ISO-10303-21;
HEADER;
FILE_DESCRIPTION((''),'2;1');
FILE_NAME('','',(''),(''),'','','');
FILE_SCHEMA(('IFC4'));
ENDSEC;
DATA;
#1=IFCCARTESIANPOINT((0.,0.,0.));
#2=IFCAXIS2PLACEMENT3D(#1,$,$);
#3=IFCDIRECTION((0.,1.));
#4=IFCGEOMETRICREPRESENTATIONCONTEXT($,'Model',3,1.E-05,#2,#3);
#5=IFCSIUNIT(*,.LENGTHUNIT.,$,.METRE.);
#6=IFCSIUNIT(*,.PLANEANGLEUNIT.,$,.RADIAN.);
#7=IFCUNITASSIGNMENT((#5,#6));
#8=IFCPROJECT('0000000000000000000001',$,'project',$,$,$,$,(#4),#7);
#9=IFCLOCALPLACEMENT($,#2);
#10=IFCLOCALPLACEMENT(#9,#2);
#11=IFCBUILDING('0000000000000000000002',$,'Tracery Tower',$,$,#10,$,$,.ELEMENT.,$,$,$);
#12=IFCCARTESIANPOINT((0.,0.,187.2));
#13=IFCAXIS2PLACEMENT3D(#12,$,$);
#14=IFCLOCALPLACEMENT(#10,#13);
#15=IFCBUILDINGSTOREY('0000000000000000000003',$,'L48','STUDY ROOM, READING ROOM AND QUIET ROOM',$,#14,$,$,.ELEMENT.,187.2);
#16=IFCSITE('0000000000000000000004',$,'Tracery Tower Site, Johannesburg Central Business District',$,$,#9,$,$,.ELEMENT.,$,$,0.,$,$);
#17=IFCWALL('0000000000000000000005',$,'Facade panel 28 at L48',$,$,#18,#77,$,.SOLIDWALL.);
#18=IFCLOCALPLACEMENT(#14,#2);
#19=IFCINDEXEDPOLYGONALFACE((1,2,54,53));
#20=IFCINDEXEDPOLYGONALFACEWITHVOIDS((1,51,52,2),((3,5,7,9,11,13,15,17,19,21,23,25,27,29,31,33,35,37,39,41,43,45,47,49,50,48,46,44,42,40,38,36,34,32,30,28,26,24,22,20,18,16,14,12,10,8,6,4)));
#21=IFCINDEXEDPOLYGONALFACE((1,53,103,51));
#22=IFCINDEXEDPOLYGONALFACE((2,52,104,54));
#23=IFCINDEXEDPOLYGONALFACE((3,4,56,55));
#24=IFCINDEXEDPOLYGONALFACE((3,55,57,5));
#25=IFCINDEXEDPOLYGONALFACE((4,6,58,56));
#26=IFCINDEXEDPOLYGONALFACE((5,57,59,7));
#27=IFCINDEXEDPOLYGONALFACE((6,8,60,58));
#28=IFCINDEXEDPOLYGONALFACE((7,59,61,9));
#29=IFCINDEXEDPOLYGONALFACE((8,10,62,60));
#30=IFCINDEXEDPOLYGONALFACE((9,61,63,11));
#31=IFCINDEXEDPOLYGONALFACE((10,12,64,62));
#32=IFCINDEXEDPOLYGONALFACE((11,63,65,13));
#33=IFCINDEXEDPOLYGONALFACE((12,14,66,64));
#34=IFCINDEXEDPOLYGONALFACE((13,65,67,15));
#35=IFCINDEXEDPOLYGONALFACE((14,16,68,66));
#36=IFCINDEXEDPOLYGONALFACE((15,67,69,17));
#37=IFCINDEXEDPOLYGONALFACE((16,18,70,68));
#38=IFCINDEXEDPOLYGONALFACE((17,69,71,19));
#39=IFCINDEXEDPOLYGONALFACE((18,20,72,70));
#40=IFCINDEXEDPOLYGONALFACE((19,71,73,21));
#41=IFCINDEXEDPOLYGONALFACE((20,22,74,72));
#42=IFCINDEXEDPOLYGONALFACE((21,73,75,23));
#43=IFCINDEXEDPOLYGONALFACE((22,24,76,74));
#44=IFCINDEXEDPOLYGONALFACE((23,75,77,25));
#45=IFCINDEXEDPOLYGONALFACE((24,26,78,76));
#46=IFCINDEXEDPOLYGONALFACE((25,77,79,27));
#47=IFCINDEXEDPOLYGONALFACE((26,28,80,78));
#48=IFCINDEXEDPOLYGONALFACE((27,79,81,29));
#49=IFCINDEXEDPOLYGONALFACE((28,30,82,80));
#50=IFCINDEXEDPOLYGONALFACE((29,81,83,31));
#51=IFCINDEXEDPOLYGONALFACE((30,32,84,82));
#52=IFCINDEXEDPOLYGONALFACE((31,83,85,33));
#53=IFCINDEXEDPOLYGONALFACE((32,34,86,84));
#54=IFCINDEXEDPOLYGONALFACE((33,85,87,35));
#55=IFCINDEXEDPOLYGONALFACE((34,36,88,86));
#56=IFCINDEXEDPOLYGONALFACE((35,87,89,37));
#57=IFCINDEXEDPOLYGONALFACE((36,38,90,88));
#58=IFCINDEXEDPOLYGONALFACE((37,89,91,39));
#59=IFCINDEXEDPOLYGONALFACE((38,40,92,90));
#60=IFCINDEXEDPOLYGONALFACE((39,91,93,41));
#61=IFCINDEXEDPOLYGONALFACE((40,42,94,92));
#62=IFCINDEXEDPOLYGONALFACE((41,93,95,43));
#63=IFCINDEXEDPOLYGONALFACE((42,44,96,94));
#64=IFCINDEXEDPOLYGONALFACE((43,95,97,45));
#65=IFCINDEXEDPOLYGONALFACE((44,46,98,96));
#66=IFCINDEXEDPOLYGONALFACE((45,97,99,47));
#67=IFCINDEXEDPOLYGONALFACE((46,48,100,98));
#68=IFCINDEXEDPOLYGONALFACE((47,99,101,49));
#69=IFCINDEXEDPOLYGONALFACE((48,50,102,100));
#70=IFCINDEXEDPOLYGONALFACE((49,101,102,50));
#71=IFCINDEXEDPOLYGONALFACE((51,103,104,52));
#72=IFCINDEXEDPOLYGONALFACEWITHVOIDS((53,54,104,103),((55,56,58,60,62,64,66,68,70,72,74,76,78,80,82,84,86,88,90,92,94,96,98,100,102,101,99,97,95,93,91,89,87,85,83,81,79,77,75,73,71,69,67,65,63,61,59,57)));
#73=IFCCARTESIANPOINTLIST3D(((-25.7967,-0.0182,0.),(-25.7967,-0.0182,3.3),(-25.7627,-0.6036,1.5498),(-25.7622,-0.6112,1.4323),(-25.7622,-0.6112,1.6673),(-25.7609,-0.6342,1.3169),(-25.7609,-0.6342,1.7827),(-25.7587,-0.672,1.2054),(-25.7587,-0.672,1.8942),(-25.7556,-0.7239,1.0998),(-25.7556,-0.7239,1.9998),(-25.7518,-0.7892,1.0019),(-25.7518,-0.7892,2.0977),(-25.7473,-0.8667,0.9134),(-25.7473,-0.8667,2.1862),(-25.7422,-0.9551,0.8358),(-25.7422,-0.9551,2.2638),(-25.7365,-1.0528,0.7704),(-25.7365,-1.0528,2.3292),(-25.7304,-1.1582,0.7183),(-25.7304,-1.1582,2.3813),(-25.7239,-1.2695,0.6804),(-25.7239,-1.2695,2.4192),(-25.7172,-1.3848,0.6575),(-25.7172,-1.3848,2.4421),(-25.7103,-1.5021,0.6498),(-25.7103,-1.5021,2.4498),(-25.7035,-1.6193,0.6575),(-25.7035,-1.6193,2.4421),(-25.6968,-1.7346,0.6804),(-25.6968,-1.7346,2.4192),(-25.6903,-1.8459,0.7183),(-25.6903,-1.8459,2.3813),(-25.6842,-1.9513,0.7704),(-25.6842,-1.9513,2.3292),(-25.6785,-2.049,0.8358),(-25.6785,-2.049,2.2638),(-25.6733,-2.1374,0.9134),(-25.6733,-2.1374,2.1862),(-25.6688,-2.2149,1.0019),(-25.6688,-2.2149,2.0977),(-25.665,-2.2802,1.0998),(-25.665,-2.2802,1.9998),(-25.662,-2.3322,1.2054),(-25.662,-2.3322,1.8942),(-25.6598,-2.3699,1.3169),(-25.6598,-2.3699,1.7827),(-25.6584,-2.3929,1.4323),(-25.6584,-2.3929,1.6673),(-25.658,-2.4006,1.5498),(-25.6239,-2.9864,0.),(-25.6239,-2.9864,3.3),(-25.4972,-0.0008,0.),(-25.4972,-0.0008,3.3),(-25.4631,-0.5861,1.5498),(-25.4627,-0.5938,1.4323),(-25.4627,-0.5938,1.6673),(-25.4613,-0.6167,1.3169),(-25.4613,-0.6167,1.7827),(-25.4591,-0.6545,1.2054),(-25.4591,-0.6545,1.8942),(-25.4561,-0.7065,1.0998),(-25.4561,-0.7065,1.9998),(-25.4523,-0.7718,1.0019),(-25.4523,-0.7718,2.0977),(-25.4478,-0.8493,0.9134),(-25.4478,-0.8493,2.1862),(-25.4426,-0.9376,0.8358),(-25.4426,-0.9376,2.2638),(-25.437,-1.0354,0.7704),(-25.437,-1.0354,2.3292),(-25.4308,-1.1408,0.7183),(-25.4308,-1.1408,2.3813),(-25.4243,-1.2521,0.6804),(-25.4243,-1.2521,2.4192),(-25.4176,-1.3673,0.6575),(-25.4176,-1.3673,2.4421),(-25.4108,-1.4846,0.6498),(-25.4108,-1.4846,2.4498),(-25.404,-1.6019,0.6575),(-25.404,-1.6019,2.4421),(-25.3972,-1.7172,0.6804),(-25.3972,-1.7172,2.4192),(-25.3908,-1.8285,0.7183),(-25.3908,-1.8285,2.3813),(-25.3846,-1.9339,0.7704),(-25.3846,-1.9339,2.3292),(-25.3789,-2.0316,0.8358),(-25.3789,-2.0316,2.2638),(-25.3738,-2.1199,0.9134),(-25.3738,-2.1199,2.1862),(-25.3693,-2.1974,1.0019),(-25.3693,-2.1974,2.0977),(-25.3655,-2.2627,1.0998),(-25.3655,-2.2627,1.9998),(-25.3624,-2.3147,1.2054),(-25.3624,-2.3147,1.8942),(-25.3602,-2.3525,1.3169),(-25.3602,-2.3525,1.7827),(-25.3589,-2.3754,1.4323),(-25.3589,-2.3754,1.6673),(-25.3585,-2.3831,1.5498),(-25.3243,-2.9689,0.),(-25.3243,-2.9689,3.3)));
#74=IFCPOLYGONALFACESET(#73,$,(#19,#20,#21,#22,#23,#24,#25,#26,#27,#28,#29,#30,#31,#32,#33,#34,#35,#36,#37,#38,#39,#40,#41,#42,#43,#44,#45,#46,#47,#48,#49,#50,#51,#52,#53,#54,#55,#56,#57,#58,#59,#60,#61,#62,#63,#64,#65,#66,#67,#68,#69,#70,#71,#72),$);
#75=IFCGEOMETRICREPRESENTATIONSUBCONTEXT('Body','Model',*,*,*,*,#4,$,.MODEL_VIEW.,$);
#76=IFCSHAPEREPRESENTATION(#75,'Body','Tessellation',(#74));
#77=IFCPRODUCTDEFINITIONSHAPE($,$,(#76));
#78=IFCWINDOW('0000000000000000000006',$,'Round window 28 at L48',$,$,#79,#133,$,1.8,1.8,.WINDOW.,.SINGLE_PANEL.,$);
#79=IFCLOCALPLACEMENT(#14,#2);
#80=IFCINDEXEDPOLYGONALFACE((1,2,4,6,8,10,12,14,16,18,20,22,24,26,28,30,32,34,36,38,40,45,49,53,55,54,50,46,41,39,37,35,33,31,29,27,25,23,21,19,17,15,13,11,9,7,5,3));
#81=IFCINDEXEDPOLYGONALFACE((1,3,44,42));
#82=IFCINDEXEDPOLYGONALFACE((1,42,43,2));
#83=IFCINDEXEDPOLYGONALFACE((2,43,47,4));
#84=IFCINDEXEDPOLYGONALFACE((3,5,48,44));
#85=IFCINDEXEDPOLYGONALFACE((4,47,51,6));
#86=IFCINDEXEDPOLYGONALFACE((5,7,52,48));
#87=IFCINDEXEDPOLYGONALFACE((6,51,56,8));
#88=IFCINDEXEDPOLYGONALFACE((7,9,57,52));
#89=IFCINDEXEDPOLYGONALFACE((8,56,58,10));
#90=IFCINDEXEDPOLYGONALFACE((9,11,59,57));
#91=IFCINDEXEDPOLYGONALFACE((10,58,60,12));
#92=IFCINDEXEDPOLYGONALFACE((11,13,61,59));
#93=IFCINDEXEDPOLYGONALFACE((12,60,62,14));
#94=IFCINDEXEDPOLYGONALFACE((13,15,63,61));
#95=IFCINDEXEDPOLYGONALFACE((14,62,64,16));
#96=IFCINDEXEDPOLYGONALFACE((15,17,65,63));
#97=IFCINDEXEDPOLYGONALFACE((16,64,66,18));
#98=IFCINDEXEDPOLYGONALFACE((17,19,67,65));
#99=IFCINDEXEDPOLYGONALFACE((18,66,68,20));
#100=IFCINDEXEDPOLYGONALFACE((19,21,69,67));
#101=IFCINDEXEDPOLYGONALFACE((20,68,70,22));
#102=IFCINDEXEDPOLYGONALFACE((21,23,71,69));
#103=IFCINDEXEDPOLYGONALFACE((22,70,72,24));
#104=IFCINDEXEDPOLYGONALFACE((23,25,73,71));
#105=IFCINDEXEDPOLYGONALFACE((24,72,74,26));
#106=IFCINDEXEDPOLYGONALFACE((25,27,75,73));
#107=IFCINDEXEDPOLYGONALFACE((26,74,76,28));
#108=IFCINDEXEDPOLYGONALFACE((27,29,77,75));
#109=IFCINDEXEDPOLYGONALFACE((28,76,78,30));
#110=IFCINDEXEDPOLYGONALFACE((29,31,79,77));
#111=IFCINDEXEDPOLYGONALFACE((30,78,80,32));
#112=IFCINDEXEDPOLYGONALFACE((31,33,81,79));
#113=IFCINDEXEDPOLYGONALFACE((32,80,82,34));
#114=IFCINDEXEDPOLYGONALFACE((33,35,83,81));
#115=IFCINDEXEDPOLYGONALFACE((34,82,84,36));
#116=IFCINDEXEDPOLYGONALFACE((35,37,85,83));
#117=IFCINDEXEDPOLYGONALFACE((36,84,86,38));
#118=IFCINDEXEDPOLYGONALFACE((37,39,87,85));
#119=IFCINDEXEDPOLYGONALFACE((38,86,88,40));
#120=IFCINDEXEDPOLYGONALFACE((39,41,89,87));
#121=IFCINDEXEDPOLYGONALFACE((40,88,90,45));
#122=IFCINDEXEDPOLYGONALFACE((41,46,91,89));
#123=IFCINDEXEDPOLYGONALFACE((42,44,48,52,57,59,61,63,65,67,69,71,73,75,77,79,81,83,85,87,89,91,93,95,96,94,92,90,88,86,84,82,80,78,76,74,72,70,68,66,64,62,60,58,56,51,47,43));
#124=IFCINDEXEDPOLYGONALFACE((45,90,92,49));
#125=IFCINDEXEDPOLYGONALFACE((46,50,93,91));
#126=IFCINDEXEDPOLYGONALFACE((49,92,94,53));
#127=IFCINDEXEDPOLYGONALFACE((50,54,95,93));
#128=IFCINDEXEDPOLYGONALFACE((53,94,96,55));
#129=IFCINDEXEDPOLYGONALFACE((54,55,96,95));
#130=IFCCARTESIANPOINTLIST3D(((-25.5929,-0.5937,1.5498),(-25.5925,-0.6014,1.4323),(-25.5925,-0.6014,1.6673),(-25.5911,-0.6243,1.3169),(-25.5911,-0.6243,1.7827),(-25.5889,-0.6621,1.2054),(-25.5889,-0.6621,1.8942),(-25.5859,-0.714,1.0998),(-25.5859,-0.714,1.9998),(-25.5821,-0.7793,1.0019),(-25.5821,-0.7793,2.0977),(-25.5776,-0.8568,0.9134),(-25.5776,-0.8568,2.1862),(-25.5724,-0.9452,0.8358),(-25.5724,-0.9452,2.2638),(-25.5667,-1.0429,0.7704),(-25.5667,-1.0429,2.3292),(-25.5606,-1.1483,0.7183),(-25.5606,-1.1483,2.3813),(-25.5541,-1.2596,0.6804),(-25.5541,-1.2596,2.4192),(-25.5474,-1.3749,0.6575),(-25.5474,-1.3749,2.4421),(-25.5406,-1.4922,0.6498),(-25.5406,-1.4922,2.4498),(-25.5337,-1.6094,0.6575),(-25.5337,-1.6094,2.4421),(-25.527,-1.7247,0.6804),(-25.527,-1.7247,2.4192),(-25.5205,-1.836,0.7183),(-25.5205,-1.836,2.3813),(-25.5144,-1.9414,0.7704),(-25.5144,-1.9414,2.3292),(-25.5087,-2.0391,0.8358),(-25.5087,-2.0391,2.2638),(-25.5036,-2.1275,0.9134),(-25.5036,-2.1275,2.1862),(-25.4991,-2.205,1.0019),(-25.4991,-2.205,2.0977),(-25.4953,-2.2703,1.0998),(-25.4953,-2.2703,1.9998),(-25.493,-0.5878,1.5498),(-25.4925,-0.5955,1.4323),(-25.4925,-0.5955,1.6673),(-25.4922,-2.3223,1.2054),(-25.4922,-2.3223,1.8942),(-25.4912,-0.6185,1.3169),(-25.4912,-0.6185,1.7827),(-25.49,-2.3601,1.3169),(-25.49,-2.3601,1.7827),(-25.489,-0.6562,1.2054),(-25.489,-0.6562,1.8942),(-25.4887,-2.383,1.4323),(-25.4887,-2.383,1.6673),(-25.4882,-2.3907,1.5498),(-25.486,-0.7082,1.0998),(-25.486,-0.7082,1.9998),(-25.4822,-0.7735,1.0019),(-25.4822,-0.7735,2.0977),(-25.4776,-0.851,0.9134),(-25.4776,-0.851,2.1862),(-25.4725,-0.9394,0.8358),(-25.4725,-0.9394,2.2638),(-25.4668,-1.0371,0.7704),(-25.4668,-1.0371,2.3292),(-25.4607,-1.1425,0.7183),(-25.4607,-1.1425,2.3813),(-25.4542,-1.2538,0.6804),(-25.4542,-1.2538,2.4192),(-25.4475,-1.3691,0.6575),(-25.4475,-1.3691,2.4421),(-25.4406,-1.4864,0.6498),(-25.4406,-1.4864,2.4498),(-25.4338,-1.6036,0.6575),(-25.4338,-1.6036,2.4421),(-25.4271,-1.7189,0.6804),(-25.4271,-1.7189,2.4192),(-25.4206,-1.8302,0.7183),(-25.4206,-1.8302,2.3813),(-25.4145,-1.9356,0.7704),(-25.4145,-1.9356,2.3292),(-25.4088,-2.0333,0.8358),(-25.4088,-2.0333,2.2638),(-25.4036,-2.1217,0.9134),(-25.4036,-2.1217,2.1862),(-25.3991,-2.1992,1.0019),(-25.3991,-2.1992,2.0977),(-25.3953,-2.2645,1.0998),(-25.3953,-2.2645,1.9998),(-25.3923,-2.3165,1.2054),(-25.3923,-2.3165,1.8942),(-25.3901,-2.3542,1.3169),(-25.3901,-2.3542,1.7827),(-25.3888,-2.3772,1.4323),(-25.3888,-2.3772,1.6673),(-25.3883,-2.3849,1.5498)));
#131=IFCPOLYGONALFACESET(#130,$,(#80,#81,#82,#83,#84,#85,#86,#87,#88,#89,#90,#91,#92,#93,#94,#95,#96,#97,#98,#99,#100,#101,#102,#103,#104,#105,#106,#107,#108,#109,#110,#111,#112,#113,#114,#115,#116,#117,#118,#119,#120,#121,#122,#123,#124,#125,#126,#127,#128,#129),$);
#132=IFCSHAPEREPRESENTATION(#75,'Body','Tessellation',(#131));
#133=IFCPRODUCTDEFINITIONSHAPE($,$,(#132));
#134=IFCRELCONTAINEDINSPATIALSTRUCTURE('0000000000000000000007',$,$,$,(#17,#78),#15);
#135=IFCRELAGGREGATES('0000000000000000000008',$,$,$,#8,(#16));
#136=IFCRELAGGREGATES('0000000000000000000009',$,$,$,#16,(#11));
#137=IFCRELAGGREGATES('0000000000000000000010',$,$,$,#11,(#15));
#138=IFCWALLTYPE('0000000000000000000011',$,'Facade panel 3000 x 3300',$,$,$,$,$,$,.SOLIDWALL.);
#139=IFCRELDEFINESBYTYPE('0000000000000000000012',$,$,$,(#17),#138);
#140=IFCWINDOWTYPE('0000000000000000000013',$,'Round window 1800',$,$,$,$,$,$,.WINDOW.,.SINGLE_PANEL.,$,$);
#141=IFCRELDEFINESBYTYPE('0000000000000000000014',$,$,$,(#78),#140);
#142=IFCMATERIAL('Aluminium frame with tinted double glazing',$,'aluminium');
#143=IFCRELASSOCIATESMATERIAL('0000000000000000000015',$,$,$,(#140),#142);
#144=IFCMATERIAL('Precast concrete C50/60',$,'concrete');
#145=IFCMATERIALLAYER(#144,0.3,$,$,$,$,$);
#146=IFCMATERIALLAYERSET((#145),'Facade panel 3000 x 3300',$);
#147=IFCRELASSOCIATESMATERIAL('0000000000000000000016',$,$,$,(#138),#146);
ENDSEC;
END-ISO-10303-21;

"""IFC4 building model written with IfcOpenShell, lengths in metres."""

from ifc_helpers import new_model, si_unit, direction, frame, frame_2d, origin, origin_2d, place, context, subcontext, project, spatial, rectangle, circle, extrude, material, layer, layer_set, type_object, element, fill, save


model = new_model("IFC4")

# Units and contexts
model_context = context("Model", 3, precision=1e-05, world=origin(), true_north=direction((0.0, 1.0)))
body_context = subcontext(model_context, "Body", "Model", "MODEL_VIEW")
ifc_project = project(units=[si_unit("LENGTHUNIT", "METRE"), si_unit("PLANEANGLEUNIT", "RADIAN")], contexts=[model_context])

# Site, building, storey
site_placement = place(None, origin())
site = spatial("IfcSite", under=ifc_project, at=site_placement, Name="Tracery Tower Site, Johannesburg Central Business District", CompositionType="ELEMENT", RefElevation=0.0)
building_placement = place(site_placement, origin())
building = spatial("IfcBuilding", under=site, at=building_placement, Name="Tracery Tower", CompositionType="ELEMENT")
storey_placement = place(building_placement, frame((0.0, 0.0, 187.2)))
storey = spatial("IfcBuildingStorey", under=building, at=storey_placement, Name="L48", Description="STUDY ROOM, READING ROOM AND QUIET ROOM", CompositionType="ELEMENT", Elevation=187.2)

# Wall, opening, window
ifc_material_1 = material(Name="Aluminium frame with tinted double glazing", Category="aluminium")
window_type = type_object("IfcWindowType", Name="Round window 1800", PartitioningType="SINGLE_PANEL", PredefinedType="WINDOW", material=ifc_material_1)
ifc_material_2 = material(Name="Precast concrete C50/60", Category="concrete")
ifc_layer_1 = layer(ifc_material_2, 0.3)
ifc_layer_set_1 = layer_set([ifc_layer_1], Name="Facade panel 3000 x 3300")
wall_type_1 = type_object("IfcWallType", Name="Facade panel 3000 x 3300", PredefinedType="SOLIDWALL", material=ifc_layer_set_1)
wall_1_placement = place(storey_placement, frame((-25.647, -0.0095, 0.0), z_axis=(0.0, 0.0, 1.0), x_axis=(0.05814, -0.998308, 0.0)))
wall_1 = element("IfcWall", 1, at=wall_1_placement, inside=storey, type_object=wall_type_1, Name="Facade panel 28 at L48", PredefinedType="SOLIDWALL", context=body_context, shape_type="SweptSolid", body=[
    extrude(rectangle(XDim=2.9731, YDim=0.3, at=frame_2d((1.4866, 0.0))), origin(), (0.0, 0.0, 1.0), 3.3),
])
opening_1_placement = place(wall_1_placement, frame((1.4863, 0.0, 1.5498)))
opening_1 = element("IfcOpeningElement", 2, at=opening_1_placement, cuts=wall_1, PredefinedType="OPENING", context=body_context, shape_type="SweptSolid", body=[
    extrude(circle(Radius=0.9, at=origin_2d()), frame((0.0, 0.1599, 0.0), z_axis=(0.0, -1.0, 0.0), x_axis=(1.0, 0.0, 0.0)), (0.0, 0.0, 1.0), 0.3201),
])
window_1_placement = place(opening_1_placement, origin())
window_1 = element("IfcWindow", 3, at=window_1_placement, inside=storey, type_object=window_type, Name="Round window 28 at L48", OverallHeight=1.8, OverallWidth=1.8, PartitioningType="SINGLE_PANEL", PredefinedType="WINDOW", context=body_context, shape_type="SweptSolid", body=[
    extrude(circle(Radius=0.9, at=origin_2d()), frame((0.0, 0.1201, 0.0), z_axis=(0.0, -1.0, 0.0), x_axis=(1.0, 0.0, 0.0)), (0.0, 0.0, 1.0), 0.1001),
])
fill(opening_1, window_1)

save(model, "model.ifc")
